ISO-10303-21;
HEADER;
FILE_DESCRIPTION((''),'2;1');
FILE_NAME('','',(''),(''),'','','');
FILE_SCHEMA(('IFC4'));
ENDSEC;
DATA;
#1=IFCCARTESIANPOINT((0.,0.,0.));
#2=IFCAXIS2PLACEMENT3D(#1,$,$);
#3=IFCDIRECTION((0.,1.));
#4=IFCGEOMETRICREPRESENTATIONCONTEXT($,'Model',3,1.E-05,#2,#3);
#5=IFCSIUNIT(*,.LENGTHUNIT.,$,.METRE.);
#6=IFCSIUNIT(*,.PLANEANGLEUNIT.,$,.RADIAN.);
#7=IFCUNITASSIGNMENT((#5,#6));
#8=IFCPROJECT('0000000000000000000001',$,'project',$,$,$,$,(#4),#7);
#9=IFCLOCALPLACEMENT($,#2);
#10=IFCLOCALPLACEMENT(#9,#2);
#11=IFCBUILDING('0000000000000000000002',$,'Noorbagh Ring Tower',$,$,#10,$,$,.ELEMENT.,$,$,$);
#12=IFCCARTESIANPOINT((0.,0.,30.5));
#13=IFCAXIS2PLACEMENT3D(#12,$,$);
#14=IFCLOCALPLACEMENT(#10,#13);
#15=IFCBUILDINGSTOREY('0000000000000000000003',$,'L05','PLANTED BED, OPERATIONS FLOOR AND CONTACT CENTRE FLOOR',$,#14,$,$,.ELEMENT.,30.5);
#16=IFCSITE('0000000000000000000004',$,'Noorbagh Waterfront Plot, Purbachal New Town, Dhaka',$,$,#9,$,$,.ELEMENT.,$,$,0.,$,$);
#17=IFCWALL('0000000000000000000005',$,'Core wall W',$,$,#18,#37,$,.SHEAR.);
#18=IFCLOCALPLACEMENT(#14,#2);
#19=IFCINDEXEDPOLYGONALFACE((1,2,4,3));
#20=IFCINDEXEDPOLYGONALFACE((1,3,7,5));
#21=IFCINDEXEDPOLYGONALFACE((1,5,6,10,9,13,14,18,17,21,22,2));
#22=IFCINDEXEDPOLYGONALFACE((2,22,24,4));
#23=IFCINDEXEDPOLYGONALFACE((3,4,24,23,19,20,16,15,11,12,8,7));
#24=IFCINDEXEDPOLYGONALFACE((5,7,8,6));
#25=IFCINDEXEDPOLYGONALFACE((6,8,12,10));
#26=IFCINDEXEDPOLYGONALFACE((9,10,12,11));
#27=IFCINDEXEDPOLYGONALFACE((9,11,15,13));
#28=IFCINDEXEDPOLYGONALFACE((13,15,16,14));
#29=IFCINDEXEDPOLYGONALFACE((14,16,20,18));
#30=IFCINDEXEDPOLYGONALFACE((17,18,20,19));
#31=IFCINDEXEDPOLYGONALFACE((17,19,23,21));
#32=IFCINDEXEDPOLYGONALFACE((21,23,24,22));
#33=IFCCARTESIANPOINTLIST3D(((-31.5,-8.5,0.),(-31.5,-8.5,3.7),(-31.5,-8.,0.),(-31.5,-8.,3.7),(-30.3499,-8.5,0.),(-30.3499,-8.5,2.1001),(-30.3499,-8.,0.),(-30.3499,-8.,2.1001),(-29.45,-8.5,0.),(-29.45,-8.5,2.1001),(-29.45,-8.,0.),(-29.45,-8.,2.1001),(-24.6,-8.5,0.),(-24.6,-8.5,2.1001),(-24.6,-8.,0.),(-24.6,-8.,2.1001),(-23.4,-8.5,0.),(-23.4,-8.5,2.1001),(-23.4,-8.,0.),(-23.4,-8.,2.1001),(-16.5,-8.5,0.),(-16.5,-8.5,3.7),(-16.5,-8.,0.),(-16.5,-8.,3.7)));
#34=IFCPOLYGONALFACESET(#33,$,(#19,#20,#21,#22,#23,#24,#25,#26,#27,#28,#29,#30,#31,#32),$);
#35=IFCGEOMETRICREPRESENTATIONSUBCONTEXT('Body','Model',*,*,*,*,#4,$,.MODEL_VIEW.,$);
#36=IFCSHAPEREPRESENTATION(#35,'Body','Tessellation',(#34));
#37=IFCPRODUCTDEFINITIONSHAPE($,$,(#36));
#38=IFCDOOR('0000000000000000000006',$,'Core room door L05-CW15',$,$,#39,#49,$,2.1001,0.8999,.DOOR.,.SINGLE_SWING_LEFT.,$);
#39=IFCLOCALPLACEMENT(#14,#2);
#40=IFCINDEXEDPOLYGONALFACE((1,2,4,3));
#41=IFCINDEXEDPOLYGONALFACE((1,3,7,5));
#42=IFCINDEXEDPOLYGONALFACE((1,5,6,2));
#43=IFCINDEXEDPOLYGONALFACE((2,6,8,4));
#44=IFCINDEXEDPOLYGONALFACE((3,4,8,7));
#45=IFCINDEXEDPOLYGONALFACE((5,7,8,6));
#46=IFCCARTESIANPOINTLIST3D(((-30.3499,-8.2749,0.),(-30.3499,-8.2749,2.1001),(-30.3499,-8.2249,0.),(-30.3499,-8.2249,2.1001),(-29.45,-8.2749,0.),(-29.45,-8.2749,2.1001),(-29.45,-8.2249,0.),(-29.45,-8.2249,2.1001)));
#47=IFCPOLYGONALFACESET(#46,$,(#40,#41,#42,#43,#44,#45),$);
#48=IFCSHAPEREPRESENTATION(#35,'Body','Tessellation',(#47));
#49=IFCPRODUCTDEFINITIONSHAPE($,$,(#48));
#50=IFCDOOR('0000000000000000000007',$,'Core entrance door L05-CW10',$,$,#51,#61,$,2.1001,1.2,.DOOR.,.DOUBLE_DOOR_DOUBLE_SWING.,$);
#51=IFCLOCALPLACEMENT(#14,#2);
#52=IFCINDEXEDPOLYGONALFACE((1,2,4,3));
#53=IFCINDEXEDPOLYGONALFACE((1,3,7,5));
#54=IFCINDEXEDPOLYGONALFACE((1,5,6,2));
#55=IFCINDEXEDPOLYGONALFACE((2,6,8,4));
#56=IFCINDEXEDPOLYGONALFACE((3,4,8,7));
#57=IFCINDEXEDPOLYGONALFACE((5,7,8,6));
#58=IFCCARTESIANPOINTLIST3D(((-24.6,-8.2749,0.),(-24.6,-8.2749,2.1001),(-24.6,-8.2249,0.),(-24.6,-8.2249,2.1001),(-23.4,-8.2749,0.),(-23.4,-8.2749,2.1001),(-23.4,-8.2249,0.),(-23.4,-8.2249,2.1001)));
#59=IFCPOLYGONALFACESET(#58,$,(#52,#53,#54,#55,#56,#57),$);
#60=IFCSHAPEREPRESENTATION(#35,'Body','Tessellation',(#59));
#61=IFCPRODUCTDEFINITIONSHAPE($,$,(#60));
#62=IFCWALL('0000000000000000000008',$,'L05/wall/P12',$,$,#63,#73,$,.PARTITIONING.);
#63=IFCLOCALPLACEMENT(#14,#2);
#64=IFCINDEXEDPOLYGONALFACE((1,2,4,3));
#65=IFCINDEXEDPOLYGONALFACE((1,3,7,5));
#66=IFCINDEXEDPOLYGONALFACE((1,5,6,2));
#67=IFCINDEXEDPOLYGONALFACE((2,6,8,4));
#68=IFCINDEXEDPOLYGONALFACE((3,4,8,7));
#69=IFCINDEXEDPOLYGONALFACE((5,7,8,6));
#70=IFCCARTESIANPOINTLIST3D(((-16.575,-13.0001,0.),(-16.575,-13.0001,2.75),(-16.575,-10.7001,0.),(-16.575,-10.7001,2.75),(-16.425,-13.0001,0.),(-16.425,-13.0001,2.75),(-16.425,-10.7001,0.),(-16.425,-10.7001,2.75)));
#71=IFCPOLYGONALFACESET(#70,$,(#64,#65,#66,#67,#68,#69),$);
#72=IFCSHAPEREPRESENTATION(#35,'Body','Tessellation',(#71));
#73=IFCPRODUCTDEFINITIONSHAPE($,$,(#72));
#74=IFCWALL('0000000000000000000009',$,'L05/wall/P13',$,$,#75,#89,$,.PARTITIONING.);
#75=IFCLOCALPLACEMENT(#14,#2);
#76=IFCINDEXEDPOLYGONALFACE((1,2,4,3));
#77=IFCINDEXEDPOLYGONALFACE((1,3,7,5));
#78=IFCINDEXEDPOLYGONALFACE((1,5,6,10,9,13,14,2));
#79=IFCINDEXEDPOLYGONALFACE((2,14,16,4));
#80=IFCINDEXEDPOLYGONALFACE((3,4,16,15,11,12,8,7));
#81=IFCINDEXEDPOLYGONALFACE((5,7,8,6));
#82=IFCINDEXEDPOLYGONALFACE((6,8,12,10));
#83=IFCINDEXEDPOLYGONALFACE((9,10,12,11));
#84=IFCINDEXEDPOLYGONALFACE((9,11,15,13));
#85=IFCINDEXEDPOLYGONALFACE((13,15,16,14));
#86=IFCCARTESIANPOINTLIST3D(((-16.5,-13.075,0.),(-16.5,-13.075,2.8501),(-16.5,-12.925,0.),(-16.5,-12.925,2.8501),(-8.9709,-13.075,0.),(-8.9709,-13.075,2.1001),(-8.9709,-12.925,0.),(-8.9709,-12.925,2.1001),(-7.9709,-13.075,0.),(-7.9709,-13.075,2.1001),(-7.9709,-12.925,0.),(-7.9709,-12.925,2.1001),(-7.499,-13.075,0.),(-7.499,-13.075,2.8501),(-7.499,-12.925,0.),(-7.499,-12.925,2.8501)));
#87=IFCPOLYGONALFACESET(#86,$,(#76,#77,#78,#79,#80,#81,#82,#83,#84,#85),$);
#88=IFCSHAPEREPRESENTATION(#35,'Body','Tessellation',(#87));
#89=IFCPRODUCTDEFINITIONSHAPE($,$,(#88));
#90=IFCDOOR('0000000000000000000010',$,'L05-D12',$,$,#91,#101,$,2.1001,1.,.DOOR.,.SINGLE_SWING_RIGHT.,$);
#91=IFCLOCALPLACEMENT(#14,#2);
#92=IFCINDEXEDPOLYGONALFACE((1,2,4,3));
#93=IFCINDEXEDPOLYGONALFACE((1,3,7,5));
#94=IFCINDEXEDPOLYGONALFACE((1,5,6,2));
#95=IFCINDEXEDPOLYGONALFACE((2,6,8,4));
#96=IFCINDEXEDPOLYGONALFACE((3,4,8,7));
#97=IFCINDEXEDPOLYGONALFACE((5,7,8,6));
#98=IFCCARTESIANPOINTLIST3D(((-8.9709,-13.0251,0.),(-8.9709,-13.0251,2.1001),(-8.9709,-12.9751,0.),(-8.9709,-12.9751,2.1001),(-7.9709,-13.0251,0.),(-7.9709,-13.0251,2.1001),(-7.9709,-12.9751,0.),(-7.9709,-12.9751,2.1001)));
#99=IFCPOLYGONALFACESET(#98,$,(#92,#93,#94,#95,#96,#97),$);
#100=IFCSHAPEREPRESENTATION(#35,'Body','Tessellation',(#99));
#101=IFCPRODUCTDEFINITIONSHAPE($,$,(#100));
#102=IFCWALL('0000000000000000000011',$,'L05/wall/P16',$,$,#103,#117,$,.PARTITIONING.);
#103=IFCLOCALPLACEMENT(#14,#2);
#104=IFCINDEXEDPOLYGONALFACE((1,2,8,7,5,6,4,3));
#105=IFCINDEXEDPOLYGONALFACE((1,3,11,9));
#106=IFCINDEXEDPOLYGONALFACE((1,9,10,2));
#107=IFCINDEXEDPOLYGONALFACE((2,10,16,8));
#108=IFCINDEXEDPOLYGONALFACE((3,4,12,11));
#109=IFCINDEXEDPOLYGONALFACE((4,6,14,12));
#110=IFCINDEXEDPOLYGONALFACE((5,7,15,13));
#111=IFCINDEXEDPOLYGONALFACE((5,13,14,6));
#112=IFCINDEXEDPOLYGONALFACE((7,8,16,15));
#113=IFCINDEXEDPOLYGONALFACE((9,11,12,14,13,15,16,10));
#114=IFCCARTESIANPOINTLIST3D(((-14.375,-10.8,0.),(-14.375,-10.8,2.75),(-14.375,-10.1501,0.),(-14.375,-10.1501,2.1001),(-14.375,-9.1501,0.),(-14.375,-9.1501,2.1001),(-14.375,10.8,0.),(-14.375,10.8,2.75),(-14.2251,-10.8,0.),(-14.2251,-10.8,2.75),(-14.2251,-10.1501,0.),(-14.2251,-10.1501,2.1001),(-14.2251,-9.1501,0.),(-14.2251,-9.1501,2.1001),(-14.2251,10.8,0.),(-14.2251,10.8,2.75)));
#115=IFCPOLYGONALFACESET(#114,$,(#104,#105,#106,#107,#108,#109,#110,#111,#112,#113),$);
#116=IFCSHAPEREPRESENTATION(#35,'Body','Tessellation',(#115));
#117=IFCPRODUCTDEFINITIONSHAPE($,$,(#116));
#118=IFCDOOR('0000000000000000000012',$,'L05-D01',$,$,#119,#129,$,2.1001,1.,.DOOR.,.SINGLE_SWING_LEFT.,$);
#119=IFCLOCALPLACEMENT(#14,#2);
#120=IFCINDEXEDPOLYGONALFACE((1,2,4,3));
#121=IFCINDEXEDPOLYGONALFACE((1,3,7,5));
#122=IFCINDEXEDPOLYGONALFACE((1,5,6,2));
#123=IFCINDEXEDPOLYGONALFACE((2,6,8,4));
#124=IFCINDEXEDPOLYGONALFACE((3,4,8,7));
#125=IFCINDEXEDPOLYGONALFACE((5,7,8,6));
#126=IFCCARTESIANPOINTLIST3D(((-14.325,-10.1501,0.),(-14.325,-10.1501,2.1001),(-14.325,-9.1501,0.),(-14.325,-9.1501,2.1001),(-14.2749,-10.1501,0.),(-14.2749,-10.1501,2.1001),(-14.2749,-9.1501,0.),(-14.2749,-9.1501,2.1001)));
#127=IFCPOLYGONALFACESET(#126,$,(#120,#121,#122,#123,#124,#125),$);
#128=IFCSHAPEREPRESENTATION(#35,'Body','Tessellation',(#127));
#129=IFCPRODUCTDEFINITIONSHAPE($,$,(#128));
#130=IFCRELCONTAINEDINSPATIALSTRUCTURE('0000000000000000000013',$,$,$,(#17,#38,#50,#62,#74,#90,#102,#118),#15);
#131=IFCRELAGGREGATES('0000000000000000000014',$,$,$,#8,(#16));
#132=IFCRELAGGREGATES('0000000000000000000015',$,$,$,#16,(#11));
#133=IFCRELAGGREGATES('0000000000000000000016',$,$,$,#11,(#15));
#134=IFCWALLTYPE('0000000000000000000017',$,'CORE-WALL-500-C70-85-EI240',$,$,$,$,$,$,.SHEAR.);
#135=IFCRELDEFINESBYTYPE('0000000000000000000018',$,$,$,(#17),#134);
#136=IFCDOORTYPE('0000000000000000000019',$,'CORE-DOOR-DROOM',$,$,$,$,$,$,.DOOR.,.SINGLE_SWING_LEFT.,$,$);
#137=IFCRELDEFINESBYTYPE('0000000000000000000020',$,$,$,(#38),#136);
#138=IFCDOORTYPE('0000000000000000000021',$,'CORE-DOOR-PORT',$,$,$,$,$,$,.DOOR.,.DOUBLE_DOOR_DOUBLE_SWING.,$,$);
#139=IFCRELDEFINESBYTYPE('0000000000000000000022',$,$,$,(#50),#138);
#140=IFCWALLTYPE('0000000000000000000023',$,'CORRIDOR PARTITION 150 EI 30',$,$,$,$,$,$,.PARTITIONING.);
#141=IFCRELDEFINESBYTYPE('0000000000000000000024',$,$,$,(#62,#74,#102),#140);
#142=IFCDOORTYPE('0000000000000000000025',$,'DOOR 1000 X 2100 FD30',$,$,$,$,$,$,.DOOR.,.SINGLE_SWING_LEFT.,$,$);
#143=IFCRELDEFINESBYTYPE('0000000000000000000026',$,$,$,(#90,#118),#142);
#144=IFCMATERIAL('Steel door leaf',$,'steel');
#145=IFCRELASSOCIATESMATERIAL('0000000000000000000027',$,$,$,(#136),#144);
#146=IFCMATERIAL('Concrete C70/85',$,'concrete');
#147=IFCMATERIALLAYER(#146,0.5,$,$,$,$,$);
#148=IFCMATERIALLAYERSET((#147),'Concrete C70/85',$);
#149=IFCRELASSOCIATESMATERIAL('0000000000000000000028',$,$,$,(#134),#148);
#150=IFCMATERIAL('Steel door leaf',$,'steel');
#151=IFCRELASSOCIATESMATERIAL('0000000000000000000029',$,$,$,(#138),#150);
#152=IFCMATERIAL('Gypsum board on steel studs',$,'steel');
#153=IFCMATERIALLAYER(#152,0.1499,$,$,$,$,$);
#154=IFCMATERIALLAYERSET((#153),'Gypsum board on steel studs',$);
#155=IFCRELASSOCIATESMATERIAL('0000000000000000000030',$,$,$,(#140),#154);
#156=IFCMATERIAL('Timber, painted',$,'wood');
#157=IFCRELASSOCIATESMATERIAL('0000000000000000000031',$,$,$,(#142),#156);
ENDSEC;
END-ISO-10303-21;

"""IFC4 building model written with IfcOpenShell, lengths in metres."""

from ifc_helpers import new_model, si_unit, direction, frame, frame_2d, origin, place, context, subcontext, project, spatial, rectangle, extrude, material, layer, layer_set, type_object, element, fill, save


model = new_model("IFC4")

# Units and contexts
model_context = context("Model", 3, precision=1e-05, world=origin(), true_north=direction((0.0, 1.0)))
body_context = subcontext(model_context, "Body", "Model", "MODEL_VIEW")
ifc_project = project(units=[si_unit("LENGTHUNIT", "METRE"), si_unit("PLANEANGLEUNIT", "RADIAN")], contexts=[model_context])

# Site, building, storey
site_placement = place(None, origin())
site = spatial("IfcSite", under=ifc_project, at=site_placement, Name="Noorbagh Waterfront Plot, Purbachal New Town, Dhaka", CompositionType="ELEMENT", RefElevation=0.0)
building_placement = place(site_placement, origin())
building = spatial("IfcBuilding", under=site, at=building_placement, Name="Noorbagh Ring Tower", CompositionType="ELEMENT")
storey_placement = place(building_placement, frame((0.0, 0.0, 30.5)))
storey = spatial("IfcBuildingStorey", under=building, at=storey_placement, Name="L05", Description="PLANTED BED, OPERATIONS FLOOR AND CONTACT CENTRE FLOOR", CompositionType="ELEMENT", Elevation=30.5)

# Shared definitions
ifc_material_1 = material(Name="Steel door leaf", Category="steel")
door_type_1 = type_object("IfcDoorType", Name="CORE-DOOR-DROOM", OperationType="SINGLE_SWING_LEFT", PredefinedType="DOOR", material=ifc_material_1)

# Wall, openings, doors
ifc_material_2 = material(Name="Concrete C70/85", Category="concrete")
ifc_layer_1 = layer(ifc_material_2, 0.5)
ifc_layer_set_1 = layer_set([ifc_layer_1], Name="Concrete C70/85")
wall_type_1 = type_object("IfcWallType", Name="CORE-WALL-500-C70-85-EI240", PredefinedType="SHEAR", material=ifc_layer_set_1)
wall_1_placement = place(storey_placement, frame((-16.5, -8.25, 0.0), z_axis=(0.0, 0.0, 1.0), x_axis=(-1.0, 0.0, 0.0)))
wall_1 = element("IfcWall", 1, at=wall_1_placement, inside=storey, type_object=wall_type_1, Name="Core wall W", PredefinedType="SHEAR", context=body_context, shape_type="SweptSolid", body=[
    extrude(rectangle(XDim=15.0, YDim=0.5, at=frame_2d((7.5, 0.0))), origin(), (0.0, 0.0, 1.0), 3.7),
])
opening_1_placement = place(wall_1_placement, frame((6.8999, 0.0, 0.0)))
opening_1 = element("IfcOpeningElement", 2, at=opening_1_placement, cuts=wall_1, PredefinedType="OPENING", context=body_context, shape_type="SweptSolid", body=[
    extrude(rectangle(XDim=1.2, YDim=2.1001, at=frame_2d((0.6001, 1.05))), frame((0.0, 0.26, 0.0), z_axis=(0.0, -1.0, 0.0), x_axis=(1.0, 0.0, 0.0)), (0.0, 0.0, 1.0), 0.52),
])
opening_2_placement = place(wall_1_placement, frame((12.95, 0.0, 0.0)))
opening_2 = element("IfcOpeningElement", 3, at=opening_2_placement, cuts=wall_1, PredefinedType="OPENING", context=body_context, shape_type="SweptSolid", body=[
    extrude(rectangle(XDim=0.8999, YDim=2.1001, at=frame_2d((0.45, 1.05))), frame((0.0, 0.26, 0.0), z_axis=(0.0, -1.0, 0.0), x_axis=(1.0, 0.0, 0.0)), (0.0, 0.0, 1.0), 0.52),
])
door_1_placement = place(opening_2_placement, origin())
door_1 = element("IfcDoor", 4, at=door_1_placement, inside=storey, type_object=door_type_1, Name="Core room door L05-CW15", OperationType="SINGLE_SWING_LEFT", OverallHeight=2.1001, OverallWidth=0.8999, PredefinedType="DOOR", context=body_context, shape_type="SweptSolid", body=[
    extrude(rectangle(XDim=0.8999, YDim=2.1001, at=frame_2d((0.45, 1.05))), frame((0.0, 0.0249, 0.0), z_axis=(0.0, -1.0, 0.0), x_axis=(1.0, 0.0, 0.0)), (0.0, 0.0, 1.0), 0.05),
])
fill(opening_2, door_1)
ifc_material_3 = material(Name="Steel door leaf", Category="steel")
door_type_2 = type_object("IfcDoorType", Name="CORE-DOOR-PORT", OperationType="DOUBLE_DOOR_DOUBLE_SWING", PredefinedType="DOOR", material=ifc_material_3)
door_2_placement = place(opening_1_placement, origin())
door_2 = element("IfcDoor", 5, at=door_2_placement, inside=storey, type_object=door_type_2, Name="Core entrance door L05-CW10", OperationType="DOUBLE_DOOR_DOUBLE_SWING", OverallHeight=2.1001, OverallWidth=1.2, PredefinedType="DOOR", context=body_context, shape_type="SweptSolid", body=[
    extrude(rectangle(XDim=1.2, YDim=2.1001, at=frame_2d((0.6001, 1.05))), frame((0.0, 0.0249, 0.0), z_axis=(0.0, -1.0, 0.0), x_axis=(1.0, 0.0, 0.0)), (0.0, 0.0, 1.0), 0.05),
])
fill(opening_1, door_2)

# Wall
ifc_material_4 = material(Name="Gypsum board on steel studs", Category="steel")
ifc_layer_2 = layer(ifc_material_4, 0.1499)
ifc_layer_set_2 = layer_set([ifc_layer_2], Name="Gypsum board on steel studs")
wall_type_2 = type_object("IfcWallType", Name="CORRIDOR PARTITION 150 EI 30", PredefinedType="PARTITIONING", material=ifc_layer_set_2)
wall_2_placement = place(storey_placement, frame((-16.5, -13.0, 0.0), z_axis=(0.0, 0.0, 1.0), x_axis=(0.0, 1.0, 0.0)))
element("IfcWall", 6, at=wall_2_placement, inside=storey, type_object=wall_type_2, Name="L05/wall/P12", PredefinedType="PARTITIONING", context=body_context, shape_type="SweptSolid", body=[
    extrude(rectangle(XDim=2.3, YDim=0.1499, at=frame_2d((1.1499, 0.0))), origin(), (0.0, 0.0, 1.0), 2.75),
])

# Walls, openings, doors
wall_3_placement = place(storey_placement, frame((-16.5, -13.0, 0.0), z_axis=(0.0, 0.0, 1.0), x_axis=(1.0, 0.0, 0.0)))
wall_3 = element("IfcWall", 7, at=wall_3_placement, inside=storey, type_object=wall_type_2, Name="L05/wall/P13", PredefinedType="PARTITIONING", context=body_context, shape_type="SweptSolid", body=[
    extrude(rectangle(XDim=9.001, YDim=0.1499, at=frame_2d((4.5005, 0.0))), origin(), (0.0, 0.0, 1.0), 2.8501),
])
opening_3_placement = place(wall_3_placement, frame((7.5291, 0.0, 0.0)))
opening_3 = element("IfcOpeningElement", 8, at=opening_3_placement, cuts=wall_3, PredefinedType="OPENING", context=body_context, shape_type="SweptSolid", body=[
    extrude(rectangle(XDim=1.0, YDim=2.1001, at=frame_2d((0.5, 1.05))), frame((0.0, 0.085, 0.0), z_axis=(0.0, -1.0, 0.0), x_axis=(1.0, 0.0, 0.0)), (0.0, 0.0, 1.0), 0.1699),
])
ifc_material_5 = material(Name="Timber, painted", Category="wood")
door_type_3 = type_object("IfcDoorType", Name="DOOR 1000 X 2100 FD30", OperationType="SINGLE_SWING_LEFT", PredefinedType="DOOR", material=ifc_material_5)
door_3_placement = place(opening_3_placement, origin())
door_3 = element("IfcDoor", 9, at=door_3_placement, inside=storey, type_object=door_type_3, Name="L05-D12", OperationType="SINGLE_SWING_RIGHT", OverallHeight=2.1001, OverallWidth=1.0, PredefinedType="DOOR", context=body_context, shape_type="SweptSolid", body=[
    extrude(rectangle(XDim=1.0, YDim=2.1001, at=frame_2d((0.5, 1.05))), frame((0.0, 0.0249, 0.0), z_axis=(0.0, -1.0, 0.0), x_axis=(1.0, 0.0, 0.0)), (0.0, 0.0, 1.0), 0.05),
])
fill(opening_3, door_3)
wall_4_placement = place(storey_placement, frame((-14.3, -10.8, 0.0), z_axis=(0.0, 0.0, 1.0), x_axis=(0.0, 1.0, 0.0)))
wall_4 = element("IfcWall", 10, at=wall_4_placement, inside=storey, type_object=wall_type_2, Name="L05/wall/P16", PredefinedType="PARTITIONING", context=body_context, shape_type="SweptSolid", body=[
    extrude(rectangle(XDim=21.6001, YDim=0.1499, at=frame_2d((10.8, 0.0))), origin(), (0.0, 0.0, 1.0), 2.75),
])
opening_4_placement = place(wall_4_placement, frame((0.6499, 0.0, 0.0)))
opening_4 = element("IfcOpeningElement", 11, at=opening_4_placement, cuts=wall_4, PredefinedType="OPENING", context=body_context, shape_type="SweptSolid", body=[
    extrude(rectangle(XDim=1.0, YDim=2.1001, at=frame_2d((0.5, 1.05))), frame((0.0, 0.085, 0.0), z_axis=(0.0, -1.0, 0.0), x_axis=(1.0, 0.0, 0.0)), (0.0, 0.0, 1.0), 0.1699),
])
door_4_placement = place(opening_4_placement, origin())
door_4 = element("IfcDoor", 12, at=door_4_placement, inside=storey, type_object=door_type_3, Name="L05-D01", OperationType="SINGLE_SWING_LEFT", OverallHeight=2.1001, OverallWidth=1.0, PredefinedType="DOOR", context=body_context, shape_type="SweptSolid", body=[
    extrude(rectangle(XDim=1.0, YDim=2.1001, at=frame_2d((0.5, 1.05))), frame((0.0, 0.0249, 0.0), z_axis=(0.0, -1.0, 0.0), x_axis=(1.0, 0.0, 0.0)), (0.0, 0.0, 1.0), 0.05),
])
fill(opening_4, door_4)

save(model, "model.ifc")
